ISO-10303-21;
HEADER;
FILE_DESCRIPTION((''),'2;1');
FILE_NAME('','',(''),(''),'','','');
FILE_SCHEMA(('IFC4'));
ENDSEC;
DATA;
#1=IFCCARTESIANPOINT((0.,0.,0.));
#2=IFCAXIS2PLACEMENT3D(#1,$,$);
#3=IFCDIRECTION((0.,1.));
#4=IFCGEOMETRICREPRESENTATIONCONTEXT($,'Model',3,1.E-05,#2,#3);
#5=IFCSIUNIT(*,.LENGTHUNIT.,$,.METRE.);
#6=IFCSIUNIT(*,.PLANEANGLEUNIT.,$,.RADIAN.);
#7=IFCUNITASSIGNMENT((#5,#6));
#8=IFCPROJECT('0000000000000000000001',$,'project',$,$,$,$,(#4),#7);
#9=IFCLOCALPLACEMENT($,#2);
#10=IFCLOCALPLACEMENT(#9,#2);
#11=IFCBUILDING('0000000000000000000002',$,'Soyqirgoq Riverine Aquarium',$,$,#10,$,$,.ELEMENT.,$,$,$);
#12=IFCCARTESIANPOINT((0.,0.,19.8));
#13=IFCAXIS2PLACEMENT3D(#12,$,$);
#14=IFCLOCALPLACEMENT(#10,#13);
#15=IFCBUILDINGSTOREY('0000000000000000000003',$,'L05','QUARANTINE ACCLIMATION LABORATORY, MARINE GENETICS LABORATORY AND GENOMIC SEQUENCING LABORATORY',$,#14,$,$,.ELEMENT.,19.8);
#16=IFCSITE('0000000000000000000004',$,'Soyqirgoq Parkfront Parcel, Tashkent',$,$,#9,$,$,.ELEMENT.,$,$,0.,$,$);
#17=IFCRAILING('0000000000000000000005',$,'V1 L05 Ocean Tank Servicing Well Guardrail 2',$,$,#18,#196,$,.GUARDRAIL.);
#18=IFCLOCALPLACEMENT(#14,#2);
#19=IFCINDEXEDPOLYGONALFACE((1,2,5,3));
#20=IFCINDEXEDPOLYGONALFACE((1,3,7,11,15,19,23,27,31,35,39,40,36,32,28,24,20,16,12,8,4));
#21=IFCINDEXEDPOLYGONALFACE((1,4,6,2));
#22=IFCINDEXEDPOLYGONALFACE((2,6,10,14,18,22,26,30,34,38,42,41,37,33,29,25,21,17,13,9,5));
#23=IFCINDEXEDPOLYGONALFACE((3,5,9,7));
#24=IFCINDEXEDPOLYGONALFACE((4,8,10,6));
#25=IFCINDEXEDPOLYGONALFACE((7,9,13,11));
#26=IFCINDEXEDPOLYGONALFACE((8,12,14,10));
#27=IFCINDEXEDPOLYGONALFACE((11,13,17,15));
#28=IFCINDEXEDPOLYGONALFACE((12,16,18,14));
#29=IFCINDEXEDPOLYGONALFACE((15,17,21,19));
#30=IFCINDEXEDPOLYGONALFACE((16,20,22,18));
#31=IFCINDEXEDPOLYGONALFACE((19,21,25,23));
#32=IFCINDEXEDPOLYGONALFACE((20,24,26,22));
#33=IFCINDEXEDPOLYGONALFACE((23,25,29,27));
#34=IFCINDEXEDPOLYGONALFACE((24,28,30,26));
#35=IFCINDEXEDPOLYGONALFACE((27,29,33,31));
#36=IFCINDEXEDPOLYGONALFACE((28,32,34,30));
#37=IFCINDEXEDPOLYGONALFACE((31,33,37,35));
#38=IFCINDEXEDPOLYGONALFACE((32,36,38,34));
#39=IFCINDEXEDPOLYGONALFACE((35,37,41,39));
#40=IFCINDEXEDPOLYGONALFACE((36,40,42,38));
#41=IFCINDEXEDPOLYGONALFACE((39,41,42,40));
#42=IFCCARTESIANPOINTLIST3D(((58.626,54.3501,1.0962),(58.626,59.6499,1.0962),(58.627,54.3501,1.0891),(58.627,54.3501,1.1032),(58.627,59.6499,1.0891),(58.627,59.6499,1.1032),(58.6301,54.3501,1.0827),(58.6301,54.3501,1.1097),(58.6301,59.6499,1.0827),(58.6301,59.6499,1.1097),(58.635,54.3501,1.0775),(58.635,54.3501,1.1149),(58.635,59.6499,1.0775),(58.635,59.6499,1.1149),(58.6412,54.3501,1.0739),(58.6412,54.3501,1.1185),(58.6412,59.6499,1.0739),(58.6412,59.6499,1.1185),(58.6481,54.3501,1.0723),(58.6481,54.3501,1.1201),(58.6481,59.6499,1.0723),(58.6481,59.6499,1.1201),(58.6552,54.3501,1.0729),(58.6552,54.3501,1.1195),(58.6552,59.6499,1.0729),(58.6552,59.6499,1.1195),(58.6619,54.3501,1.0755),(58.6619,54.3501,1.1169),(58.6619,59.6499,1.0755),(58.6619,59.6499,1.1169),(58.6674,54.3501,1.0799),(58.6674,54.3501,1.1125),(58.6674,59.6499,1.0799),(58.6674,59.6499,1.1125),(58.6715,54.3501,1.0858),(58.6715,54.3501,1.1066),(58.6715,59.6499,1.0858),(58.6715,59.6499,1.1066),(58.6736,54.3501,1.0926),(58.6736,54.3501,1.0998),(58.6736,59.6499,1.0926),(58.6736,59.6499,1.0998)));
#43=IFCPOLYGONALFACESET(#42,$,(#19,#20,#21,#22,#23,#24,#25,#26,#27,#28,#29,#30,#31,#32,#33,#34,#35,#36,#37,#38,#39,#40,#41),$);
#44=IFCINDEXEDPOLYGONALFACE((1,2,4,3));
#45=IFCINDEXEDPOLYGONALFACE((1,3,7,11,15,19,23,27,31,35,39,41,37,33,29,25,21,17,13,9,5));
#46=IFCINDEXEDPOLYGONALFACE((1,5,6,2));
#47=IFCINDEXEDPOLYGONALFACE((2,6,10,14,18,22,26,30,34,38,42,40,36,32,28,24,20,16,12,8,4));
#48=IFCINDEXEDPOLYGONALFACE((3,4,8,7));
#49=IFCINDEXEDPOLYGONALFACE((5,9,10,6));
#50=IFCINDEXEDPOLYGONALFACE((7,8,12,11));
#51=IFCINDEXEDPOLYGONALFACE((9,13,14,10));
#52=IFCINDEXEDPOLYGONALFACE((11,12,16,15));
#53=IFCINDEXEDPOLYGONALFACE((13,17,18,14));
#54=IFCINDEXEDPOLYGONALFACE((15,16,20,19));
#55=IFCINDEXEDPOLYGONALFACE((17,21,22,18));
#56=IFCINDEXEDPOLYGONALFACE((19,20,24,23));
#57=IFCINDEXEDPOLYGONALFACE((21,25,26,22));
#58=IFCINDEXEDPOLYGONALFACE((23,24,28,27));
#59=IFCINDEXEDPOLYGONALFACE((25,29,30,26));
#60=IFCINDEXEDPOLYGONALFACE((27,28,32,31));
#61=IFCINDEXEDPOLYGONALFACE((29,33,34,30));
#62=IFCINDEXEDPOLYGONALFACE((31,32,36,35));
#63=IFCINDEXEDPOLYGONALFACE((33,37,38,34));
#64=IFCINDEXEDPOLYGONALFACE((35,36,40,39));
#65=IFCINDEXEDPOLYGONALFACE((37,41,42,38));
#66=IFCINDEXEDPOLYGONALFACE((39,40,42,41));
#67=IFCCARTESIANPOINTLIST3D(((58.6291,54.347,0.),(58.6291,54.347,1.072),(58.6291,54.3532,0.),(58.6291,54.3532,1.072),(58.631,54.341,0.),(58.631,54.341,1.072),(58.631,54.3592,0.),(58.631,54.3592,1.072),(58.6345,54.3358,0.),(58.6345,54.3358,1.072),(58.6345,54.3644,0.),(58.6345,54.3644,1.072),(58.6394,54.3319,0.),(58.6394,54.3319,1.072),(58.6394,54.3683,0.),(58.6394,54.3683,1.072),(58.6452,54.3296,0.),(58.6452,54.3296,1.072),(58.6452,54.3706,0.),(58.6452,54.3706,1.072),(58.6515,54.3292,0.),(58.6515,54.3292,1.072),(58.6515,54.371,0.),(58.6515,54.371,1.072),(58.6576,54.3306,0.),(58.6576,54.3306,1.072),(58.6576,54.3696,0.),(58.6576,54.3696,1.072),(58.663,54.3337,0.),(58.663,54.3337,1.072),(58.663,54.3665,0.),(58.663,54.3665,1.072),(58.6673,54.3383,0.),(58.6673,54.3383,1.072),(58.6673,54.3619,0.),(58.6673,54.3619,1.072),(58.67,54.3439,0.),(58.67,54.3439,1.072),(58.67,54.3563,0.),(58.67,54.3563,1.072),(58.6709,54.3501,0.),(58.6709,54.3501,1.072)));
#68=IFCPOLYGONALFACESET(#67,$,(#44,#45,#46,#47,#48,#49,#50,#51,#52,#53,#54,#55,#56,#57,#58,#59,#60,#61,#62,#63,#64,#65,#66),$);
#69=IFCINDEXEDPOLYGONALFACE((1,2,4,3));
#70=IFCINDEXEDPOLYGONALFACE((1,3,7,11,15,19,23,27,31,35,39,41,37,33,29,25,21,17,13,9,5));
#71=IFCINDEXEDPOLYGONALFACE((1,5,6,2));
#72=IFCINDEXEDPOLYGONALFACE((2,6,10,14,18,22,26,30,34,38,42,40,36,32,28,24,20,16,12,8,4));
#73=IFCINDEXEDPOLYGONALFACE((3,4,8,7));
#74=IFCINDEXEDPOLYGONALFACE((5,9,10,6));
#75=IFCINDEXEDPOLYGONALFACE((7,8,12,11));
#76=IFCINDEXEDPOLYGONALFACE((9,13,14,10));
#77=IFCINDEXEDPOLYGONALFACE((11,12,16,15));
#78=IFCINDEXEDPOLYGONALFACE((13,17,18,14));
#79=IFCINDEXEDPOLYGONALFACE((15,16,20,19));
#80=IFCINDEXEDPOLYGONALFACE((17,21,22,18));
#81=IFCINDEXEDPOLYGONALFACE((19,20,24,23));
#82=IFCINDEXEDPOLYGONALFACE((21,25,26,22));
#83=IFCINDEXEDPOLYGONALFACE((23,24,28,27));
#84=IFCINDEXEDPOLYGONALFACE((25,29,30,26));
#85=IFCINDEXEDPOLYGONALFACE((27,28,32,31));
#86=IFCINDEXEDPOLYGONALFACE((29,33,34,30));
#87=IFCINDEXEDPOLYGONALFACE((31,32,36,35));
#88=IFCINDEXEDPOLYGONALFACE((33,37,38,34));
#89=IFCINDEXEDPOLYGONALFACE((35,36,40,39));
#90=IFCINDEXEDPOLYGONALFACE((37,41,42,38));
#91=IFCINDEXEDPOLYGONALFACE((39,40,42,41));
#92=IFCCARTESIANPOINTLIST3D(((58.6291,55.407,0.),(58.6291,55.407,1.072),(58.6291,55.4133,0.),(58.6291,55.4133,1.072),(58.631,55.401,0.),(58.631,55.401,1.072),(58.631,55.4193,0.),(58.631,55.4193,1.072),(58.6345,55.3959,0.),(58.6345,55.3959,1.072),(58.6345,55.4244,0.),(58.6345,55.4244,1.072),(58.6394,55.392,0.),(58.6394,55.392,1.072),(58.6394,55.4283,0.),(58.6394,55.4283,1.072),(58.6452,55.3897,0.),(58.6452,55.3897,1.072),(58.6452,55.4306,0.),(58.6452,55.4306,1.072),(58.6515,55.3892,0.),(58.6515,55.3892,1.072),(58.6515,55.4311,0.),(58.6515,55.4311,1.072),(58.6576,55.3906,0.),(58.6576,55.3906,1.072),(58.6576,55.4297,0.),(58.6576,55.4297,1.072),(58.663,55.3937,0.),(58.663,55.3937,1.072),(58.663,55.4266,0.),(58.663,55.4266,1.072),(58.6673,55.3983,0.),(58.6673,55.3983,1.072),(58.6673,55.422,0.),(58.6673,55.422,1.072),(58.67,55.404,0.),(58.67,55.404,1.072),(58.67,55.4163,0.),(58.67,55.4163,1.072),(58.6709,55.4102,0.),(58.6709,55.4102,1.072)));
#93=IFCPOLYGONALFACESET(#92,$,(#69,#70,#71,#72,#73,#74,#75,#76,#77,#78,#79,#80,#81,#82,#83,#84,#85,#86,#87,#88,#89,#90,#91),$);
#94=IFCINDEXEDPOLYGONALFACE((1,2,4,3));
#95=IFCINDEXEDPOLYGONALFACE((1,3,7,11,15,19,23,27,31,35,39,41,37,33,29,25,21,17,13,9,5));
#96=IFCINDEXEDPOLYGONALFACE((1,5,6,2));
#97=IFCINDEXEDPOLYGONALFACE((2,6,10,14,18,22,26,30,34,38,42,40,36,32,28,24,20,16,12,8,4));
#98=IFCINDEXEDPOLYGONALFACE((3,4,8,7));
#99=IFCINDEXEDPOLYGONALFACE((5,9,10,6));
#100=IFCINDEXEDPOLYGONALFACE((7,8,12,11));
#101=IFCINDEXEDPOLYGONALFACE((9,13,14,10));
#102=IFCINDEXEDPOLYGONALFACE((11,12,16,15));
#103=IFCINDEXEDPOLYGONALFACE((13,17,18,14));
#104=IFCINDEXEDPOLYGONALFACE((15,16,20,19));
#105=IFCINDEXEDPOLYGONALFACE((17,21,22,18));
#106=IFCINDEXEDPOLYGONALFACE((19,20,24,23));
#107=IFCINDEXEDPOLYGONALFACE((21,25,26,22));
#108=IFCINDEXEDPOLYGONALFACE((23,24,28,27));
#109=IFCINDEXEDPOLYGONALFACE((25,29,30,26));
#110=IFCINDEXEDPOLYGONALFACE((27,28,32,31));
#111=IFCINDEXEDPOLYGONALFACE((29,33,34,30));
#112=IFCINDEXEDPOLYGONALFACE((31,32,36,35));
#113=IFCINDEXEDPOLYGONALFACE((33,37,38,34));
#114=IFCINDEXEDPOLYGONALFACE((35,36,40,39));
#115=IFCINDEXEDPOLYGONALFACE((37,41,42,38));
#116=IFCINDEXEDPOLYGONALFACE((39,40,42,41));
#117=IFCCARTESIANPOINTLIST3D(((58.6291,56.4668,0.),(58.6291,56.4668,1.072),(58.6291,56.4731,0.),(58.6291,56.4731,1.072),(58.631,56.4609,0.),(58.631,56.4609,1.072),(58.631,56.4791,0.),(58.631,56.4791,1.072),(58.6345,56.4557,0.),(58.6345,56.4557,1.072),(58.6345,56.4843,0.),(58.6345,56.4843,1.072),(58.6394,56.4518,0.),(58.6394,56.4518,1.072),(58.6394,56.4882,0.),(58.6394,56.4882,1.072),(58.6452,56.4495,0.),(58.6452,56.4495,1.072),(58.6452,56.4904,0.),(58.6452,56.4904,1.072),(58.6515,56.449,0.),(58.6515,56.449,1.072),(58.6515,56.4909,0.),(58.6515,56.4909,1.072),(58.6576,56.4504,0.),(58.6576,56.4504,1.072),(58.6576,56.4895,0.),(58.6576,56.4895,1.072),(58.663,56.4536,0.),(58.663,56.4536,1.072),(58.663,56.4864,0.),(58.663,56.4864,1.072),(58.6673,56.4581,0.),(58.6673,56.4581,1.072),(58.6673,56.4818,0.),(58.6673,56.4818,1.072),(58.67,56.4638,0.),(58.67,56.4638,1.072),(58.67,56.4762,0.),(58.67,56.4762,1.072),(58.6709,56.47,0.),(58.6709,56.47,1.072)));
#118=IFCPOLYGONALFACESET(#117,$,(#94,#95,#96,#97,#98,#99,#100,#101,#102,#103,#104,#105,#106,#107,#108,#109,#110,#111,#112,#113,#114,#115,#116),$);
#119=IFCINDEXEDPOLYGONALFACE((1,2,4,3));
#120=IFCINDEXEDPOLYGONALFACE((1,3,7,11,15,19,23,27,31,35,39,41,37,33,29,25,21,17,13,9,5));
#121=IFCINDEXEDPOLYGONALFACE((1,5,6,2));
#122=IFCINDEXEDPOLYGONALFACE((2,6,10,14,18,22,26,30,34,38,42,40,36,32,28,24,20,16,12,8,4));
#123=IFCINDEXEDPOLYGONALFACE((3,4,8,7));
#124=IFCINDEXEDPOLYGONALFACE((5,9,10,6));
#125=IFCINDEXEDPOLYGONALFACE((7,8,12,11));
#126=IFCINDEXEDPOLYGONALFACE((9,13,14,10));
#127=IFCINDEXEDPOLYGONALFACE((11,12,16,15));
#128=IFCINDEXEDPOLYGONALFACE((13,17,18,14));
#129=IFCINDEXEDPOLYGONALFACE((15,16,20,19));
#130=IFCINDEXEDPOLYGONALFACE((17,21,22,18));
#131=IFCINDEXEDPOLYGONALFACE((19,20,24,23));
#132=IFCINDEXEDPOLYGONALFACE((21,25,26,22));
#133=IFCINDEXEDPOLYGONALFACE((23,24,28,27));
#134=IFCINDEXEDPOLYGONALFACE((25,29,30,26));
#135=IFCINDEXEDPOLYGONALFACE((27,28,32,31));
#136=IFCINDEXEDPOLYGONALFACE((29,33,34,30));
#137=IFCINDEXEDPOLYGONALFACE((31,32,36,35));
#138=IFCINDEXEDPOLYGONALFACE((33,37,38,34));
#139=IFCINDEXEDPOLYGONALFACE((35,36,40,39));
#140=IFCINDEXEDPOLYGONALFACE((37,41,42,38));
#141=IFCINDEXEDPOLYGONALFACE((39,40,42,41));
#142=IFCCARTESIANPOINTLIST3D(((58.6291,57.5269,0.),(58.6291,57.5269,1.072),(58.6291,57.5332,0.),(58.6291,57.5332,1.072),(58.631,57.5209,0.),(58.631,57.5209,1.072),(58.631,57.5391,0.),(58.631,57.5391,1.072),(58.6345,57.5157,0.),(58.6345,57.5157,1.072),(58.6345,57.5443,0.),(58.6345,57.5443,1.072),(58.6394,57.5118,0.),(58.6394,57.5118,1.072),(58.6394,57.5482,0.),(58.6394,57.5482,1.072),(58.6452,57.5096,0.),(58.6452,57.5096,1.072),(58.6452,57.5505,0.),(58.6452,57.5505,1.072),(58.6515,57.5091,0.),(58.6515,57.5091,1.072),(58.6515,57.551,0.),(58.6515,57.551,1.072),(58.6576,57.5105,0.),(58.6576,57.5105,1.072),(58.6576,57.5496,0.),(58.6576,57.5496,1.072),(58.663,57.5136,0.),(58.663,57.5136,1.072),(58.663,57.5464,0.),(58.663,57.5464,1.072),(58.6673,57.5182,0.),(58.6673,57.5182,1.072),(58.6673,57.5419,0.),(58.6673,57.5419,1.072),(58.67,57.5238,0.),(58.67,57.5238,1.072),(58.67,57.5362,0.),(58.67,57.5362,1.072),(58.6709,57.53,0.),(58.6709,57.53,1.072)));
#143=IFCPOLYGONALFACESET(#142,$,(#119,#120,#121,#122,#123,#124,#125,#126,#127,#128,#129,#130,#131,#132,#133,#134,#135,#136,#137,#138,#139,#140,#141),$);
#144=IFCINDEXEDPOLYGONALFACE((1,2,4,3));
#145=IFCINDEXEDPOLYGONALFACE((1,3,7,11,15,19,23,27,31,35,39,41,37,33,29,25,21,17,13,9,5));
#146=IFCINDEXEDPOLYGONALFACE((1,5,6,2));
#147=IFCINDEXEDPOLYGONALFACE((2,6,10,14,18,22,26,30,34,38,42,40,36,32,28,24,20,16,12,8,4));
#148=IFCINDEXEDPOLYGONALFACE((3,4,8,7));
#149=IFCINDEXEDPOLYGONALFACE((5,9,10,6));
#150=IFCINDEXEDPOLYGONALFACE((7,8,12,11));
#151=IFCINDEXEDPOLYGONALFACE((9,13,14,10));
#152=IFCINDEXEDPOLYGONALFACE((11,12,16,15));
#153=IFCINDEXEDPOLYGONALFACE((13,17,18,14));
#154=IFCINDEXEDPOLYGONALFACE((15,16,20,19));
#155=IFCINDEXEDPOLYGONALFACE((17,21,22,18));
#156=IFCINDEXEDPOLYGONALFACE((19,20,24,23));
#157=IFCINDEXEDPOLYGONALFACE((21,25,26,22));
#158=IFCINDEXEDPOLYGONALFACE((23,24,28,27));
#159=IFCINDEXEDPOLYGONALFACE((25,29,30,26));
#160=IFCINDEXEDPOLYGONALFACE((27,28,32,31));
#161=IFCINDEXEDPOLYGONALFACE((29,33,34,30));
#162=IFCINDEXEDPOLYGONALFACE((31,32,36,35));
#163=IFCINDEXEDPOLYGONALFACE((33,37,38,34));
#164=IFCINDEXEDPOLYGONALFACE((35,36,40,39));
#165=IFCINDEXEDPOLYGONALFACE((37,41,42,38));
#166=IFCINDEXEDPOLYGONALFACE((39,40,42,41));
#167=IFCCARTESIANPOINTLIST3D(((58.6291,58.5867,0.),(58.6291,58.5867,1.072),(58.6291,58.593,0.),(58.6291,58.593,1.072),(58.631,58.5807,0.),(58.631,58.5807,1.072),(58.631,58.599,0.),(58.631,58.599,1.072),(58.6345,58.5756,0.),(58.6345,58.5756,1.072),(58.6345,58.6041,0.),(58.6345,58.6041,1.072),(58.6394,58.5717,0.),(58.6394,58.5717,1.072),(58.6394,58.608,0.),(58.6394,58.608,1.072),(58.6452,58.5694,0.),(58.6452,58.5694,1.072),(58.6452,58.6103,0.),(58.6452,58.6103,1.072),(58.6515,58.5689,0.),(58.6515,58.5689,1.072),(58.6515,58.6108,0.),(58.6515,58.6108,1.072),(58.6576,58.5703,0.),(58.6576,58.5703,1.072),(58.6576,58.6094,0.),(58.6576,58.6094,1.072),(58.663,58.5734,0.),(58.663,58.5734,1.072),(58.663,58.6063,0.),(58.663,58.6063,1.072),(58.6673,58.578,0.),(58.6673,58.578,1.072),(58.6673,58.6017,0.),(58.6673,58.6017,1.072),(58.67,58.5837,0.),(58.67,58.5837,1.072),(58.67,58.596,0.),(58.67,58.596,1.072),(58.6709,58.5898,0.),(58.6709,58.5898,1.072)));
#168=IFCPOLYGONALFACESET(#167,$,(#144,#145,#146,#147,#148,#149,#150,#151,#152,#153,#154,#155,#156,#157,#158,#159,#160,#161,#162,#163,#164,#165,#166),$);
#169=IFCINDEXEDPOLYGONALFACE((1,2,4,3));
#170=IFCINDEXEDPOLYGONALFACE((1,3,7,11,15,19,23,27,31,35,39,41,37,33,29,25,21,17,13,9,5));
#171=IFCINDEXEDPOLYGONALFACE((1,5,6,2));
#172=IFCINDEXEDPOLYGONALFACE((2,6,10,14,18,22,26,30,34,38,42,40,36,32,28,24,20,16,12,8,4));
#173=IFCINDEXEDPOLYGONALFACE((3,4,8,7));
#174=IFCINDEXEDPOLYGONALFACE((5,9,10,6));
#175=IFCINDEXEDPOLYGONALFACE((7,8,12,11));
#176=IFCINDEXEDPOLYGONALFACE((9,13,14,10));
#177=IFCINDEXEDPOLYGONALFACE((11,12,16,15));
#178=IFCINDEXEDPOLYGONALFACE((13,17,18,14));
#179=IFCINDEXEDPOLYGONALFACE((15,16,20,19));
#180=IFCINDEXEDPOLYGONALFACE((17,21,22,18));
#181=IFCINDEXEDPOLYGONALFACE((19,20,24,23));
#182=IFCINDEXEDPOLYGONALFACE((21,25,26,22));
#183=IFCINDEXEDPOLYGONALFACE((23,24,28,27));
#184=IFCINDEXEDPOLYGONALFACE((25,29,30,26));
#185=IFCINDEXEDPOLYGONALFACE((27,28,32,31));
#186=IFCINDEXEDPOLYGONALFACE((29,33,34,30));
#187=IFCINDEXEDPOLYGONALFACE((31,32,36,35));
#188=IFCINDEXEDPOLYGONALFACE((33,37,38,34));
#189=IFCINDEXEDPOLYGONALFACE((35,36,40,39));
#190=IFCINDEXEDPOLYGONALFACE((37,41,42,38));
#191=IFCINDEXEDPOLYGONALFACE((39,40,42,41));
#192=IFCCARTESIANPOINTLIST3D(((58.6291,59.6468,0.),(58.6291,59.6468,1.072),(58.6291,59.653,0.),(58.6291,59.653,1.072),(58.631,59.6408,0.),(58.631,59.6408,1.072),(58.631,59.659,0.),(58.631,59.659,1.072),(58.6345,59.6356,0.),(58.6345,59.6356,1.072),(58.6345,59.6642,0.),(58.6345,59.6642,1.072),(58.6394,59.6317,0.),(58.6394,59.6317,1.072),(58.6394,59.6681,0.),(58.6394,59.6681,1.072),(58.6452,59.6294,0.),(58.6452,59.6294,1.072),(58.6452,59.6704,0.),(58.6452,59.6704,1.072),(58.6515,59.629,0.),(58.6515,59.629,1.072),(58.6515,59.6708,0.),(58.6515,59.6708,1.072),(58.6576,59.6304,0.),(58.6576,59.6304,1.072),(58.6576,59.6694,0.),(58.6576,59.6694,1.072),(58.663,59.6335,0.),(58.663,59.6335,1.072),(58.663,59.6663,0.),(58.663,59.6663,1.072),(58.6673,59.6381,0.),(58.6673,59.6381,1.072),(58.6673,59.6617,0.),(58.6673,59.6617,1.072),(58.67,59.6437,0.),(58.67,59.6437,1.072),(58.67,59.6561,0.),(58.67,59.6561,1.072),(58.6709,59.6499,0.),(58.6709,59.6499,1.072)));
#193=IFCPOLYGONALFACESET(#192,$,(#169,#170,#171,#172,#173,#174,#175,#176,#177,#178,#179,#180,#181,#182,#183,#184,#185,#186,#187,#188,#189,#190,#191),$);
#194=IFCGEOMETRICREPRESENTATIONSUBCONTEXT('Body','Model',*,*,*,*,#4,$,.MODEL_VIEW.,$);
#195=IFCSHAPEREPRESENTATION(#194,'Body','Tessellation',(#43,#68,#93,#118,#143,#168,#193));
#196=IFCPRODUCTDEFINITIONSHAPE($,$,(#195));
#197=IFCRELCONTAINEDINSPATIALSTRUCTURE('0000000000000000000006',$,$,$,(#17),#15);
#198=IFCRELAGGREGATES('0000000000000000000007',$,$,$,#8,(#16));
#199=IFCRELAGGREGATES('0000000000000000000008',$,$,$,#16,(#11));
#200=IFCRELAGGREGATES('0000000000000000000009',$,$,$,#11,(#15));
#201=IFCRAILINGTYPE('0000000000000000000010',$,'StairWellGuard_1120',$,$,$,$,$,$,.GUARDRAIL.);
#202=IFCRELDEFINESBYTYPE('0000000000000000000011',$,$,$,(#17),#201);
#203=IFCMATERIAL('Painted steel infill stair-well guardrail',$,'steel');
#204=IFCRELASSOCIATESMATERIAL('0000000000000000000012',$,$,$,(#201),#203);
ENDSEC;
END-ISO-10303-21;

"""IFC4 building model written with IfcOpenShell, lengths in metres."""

from ifc_helpers import new_model, si_unit, direction, frame, origin, origin_2d, place, context, subcontext, project, spatial, circle, extrude, material, type_object, element, save


model = new_model("IFC4")

# Units and contexts
model_context = context("Model", 3, precision=1e-05, world=origin(), true_north=direction((0.0, 1.0)))
body_context = subcontext(model_context, "Body", "Model", "MODEL_VIEW")
ifc_project = project(units=[si_unit("LENGTHUNIT", "METRE"), si_unit("PLANEANGLEUNIT", "RADIAN")], contexts=[model_context])

# Site, building, storey
site_placement = place(None, origin())
site = spatial("IfcSite", under=ifc_project, at=site_placement, Name="Soyqirgoq Parkfront Parcel, Tashkent", CompositionType="ELEMENT", RefElevation=0.0)
building_placement = place(site_placement, origin())
building = spatial("IfcBuilding", under=site, at=building_placement, Name="Soyqirgoq Riverine Aquarium", CompositionType="ELEMENT")
storey_placement = place(building_placement, frame((0.0, 0.0, 19.8)))
storey = spatial("IfcBuildingStorey", under=building, at=storey_placement, Name="L05", Description="QUARANTINE ACCLIMATION LABORATORY, MARINE GENETICS LABORATORY AND GENOMIC SEQUENCING LABORATORY", CompositionType="ELEMENT", Elevation=19.8)

# Railing
ifc_material_1 = material(Name="Painted steel infill stair-well guardrail", Category="steel")
railing_type = type_object("IfcRailingType", Name="StairWellGuard_1120", PredefinedType="GUARDRAIL", material=ifc_material_1)
railing_1_placement = place(storey_placement, frame((58.6499, 54.3501, 0.0)))
element("IfcRailing", 1, at=railing_1_placement, inside=storey, type_object=railing_type, Name="V1 L05 Ocean Tank Servicing Well Guardrail 2", PredefinedType="GUARDRAIL", context=body_context, shape_type="SweptSolid", body=[
    extrude(circle(Radius=0.0239, at=origin_2d()), frame((0.0, 0.0, 1.0962), z_axis=(0.0, 1.0, 0.0), x_axis=(-1.0, 0.0, 0.0)), (0.0, 0.0, 1.0), 5.2998),
    extrude(circle(Radius=0.021, at=origin_2d()), origin(), (0.0, 0.0, 1.0), 1.072),
    extrude(circle(Radius=0.021, at=origin_2d()), frame((0.0, 1.0601, 0.0)), (0.0, 0.0, 1.0), 1.072),
    extrude(circle(Radius=0.021, at=origin_2d()), frame((0.0, 2.1199, 0.0)), (0.0, 0.0, 1.0), 1.072),
    extrude(circle(Radius=0.021, at=origin_2d()), frame((0.0, 3.1799, 0.0)), (0.0, 0.0, 1.0), 1.072),
    extrude(circle(Radius=0.021, at=origin_2d()), frame((0.0, 4.2397, 0.0)), (0.0, 0.0, 1.0), 1.072),
    extrude(circle(Radius=0.021, at=origin_2d()), frame((0.0, 5.2998, 0.0)), (0.0, 0.0, 1.0), 1.072),
])

save(model, "model.ifc")
